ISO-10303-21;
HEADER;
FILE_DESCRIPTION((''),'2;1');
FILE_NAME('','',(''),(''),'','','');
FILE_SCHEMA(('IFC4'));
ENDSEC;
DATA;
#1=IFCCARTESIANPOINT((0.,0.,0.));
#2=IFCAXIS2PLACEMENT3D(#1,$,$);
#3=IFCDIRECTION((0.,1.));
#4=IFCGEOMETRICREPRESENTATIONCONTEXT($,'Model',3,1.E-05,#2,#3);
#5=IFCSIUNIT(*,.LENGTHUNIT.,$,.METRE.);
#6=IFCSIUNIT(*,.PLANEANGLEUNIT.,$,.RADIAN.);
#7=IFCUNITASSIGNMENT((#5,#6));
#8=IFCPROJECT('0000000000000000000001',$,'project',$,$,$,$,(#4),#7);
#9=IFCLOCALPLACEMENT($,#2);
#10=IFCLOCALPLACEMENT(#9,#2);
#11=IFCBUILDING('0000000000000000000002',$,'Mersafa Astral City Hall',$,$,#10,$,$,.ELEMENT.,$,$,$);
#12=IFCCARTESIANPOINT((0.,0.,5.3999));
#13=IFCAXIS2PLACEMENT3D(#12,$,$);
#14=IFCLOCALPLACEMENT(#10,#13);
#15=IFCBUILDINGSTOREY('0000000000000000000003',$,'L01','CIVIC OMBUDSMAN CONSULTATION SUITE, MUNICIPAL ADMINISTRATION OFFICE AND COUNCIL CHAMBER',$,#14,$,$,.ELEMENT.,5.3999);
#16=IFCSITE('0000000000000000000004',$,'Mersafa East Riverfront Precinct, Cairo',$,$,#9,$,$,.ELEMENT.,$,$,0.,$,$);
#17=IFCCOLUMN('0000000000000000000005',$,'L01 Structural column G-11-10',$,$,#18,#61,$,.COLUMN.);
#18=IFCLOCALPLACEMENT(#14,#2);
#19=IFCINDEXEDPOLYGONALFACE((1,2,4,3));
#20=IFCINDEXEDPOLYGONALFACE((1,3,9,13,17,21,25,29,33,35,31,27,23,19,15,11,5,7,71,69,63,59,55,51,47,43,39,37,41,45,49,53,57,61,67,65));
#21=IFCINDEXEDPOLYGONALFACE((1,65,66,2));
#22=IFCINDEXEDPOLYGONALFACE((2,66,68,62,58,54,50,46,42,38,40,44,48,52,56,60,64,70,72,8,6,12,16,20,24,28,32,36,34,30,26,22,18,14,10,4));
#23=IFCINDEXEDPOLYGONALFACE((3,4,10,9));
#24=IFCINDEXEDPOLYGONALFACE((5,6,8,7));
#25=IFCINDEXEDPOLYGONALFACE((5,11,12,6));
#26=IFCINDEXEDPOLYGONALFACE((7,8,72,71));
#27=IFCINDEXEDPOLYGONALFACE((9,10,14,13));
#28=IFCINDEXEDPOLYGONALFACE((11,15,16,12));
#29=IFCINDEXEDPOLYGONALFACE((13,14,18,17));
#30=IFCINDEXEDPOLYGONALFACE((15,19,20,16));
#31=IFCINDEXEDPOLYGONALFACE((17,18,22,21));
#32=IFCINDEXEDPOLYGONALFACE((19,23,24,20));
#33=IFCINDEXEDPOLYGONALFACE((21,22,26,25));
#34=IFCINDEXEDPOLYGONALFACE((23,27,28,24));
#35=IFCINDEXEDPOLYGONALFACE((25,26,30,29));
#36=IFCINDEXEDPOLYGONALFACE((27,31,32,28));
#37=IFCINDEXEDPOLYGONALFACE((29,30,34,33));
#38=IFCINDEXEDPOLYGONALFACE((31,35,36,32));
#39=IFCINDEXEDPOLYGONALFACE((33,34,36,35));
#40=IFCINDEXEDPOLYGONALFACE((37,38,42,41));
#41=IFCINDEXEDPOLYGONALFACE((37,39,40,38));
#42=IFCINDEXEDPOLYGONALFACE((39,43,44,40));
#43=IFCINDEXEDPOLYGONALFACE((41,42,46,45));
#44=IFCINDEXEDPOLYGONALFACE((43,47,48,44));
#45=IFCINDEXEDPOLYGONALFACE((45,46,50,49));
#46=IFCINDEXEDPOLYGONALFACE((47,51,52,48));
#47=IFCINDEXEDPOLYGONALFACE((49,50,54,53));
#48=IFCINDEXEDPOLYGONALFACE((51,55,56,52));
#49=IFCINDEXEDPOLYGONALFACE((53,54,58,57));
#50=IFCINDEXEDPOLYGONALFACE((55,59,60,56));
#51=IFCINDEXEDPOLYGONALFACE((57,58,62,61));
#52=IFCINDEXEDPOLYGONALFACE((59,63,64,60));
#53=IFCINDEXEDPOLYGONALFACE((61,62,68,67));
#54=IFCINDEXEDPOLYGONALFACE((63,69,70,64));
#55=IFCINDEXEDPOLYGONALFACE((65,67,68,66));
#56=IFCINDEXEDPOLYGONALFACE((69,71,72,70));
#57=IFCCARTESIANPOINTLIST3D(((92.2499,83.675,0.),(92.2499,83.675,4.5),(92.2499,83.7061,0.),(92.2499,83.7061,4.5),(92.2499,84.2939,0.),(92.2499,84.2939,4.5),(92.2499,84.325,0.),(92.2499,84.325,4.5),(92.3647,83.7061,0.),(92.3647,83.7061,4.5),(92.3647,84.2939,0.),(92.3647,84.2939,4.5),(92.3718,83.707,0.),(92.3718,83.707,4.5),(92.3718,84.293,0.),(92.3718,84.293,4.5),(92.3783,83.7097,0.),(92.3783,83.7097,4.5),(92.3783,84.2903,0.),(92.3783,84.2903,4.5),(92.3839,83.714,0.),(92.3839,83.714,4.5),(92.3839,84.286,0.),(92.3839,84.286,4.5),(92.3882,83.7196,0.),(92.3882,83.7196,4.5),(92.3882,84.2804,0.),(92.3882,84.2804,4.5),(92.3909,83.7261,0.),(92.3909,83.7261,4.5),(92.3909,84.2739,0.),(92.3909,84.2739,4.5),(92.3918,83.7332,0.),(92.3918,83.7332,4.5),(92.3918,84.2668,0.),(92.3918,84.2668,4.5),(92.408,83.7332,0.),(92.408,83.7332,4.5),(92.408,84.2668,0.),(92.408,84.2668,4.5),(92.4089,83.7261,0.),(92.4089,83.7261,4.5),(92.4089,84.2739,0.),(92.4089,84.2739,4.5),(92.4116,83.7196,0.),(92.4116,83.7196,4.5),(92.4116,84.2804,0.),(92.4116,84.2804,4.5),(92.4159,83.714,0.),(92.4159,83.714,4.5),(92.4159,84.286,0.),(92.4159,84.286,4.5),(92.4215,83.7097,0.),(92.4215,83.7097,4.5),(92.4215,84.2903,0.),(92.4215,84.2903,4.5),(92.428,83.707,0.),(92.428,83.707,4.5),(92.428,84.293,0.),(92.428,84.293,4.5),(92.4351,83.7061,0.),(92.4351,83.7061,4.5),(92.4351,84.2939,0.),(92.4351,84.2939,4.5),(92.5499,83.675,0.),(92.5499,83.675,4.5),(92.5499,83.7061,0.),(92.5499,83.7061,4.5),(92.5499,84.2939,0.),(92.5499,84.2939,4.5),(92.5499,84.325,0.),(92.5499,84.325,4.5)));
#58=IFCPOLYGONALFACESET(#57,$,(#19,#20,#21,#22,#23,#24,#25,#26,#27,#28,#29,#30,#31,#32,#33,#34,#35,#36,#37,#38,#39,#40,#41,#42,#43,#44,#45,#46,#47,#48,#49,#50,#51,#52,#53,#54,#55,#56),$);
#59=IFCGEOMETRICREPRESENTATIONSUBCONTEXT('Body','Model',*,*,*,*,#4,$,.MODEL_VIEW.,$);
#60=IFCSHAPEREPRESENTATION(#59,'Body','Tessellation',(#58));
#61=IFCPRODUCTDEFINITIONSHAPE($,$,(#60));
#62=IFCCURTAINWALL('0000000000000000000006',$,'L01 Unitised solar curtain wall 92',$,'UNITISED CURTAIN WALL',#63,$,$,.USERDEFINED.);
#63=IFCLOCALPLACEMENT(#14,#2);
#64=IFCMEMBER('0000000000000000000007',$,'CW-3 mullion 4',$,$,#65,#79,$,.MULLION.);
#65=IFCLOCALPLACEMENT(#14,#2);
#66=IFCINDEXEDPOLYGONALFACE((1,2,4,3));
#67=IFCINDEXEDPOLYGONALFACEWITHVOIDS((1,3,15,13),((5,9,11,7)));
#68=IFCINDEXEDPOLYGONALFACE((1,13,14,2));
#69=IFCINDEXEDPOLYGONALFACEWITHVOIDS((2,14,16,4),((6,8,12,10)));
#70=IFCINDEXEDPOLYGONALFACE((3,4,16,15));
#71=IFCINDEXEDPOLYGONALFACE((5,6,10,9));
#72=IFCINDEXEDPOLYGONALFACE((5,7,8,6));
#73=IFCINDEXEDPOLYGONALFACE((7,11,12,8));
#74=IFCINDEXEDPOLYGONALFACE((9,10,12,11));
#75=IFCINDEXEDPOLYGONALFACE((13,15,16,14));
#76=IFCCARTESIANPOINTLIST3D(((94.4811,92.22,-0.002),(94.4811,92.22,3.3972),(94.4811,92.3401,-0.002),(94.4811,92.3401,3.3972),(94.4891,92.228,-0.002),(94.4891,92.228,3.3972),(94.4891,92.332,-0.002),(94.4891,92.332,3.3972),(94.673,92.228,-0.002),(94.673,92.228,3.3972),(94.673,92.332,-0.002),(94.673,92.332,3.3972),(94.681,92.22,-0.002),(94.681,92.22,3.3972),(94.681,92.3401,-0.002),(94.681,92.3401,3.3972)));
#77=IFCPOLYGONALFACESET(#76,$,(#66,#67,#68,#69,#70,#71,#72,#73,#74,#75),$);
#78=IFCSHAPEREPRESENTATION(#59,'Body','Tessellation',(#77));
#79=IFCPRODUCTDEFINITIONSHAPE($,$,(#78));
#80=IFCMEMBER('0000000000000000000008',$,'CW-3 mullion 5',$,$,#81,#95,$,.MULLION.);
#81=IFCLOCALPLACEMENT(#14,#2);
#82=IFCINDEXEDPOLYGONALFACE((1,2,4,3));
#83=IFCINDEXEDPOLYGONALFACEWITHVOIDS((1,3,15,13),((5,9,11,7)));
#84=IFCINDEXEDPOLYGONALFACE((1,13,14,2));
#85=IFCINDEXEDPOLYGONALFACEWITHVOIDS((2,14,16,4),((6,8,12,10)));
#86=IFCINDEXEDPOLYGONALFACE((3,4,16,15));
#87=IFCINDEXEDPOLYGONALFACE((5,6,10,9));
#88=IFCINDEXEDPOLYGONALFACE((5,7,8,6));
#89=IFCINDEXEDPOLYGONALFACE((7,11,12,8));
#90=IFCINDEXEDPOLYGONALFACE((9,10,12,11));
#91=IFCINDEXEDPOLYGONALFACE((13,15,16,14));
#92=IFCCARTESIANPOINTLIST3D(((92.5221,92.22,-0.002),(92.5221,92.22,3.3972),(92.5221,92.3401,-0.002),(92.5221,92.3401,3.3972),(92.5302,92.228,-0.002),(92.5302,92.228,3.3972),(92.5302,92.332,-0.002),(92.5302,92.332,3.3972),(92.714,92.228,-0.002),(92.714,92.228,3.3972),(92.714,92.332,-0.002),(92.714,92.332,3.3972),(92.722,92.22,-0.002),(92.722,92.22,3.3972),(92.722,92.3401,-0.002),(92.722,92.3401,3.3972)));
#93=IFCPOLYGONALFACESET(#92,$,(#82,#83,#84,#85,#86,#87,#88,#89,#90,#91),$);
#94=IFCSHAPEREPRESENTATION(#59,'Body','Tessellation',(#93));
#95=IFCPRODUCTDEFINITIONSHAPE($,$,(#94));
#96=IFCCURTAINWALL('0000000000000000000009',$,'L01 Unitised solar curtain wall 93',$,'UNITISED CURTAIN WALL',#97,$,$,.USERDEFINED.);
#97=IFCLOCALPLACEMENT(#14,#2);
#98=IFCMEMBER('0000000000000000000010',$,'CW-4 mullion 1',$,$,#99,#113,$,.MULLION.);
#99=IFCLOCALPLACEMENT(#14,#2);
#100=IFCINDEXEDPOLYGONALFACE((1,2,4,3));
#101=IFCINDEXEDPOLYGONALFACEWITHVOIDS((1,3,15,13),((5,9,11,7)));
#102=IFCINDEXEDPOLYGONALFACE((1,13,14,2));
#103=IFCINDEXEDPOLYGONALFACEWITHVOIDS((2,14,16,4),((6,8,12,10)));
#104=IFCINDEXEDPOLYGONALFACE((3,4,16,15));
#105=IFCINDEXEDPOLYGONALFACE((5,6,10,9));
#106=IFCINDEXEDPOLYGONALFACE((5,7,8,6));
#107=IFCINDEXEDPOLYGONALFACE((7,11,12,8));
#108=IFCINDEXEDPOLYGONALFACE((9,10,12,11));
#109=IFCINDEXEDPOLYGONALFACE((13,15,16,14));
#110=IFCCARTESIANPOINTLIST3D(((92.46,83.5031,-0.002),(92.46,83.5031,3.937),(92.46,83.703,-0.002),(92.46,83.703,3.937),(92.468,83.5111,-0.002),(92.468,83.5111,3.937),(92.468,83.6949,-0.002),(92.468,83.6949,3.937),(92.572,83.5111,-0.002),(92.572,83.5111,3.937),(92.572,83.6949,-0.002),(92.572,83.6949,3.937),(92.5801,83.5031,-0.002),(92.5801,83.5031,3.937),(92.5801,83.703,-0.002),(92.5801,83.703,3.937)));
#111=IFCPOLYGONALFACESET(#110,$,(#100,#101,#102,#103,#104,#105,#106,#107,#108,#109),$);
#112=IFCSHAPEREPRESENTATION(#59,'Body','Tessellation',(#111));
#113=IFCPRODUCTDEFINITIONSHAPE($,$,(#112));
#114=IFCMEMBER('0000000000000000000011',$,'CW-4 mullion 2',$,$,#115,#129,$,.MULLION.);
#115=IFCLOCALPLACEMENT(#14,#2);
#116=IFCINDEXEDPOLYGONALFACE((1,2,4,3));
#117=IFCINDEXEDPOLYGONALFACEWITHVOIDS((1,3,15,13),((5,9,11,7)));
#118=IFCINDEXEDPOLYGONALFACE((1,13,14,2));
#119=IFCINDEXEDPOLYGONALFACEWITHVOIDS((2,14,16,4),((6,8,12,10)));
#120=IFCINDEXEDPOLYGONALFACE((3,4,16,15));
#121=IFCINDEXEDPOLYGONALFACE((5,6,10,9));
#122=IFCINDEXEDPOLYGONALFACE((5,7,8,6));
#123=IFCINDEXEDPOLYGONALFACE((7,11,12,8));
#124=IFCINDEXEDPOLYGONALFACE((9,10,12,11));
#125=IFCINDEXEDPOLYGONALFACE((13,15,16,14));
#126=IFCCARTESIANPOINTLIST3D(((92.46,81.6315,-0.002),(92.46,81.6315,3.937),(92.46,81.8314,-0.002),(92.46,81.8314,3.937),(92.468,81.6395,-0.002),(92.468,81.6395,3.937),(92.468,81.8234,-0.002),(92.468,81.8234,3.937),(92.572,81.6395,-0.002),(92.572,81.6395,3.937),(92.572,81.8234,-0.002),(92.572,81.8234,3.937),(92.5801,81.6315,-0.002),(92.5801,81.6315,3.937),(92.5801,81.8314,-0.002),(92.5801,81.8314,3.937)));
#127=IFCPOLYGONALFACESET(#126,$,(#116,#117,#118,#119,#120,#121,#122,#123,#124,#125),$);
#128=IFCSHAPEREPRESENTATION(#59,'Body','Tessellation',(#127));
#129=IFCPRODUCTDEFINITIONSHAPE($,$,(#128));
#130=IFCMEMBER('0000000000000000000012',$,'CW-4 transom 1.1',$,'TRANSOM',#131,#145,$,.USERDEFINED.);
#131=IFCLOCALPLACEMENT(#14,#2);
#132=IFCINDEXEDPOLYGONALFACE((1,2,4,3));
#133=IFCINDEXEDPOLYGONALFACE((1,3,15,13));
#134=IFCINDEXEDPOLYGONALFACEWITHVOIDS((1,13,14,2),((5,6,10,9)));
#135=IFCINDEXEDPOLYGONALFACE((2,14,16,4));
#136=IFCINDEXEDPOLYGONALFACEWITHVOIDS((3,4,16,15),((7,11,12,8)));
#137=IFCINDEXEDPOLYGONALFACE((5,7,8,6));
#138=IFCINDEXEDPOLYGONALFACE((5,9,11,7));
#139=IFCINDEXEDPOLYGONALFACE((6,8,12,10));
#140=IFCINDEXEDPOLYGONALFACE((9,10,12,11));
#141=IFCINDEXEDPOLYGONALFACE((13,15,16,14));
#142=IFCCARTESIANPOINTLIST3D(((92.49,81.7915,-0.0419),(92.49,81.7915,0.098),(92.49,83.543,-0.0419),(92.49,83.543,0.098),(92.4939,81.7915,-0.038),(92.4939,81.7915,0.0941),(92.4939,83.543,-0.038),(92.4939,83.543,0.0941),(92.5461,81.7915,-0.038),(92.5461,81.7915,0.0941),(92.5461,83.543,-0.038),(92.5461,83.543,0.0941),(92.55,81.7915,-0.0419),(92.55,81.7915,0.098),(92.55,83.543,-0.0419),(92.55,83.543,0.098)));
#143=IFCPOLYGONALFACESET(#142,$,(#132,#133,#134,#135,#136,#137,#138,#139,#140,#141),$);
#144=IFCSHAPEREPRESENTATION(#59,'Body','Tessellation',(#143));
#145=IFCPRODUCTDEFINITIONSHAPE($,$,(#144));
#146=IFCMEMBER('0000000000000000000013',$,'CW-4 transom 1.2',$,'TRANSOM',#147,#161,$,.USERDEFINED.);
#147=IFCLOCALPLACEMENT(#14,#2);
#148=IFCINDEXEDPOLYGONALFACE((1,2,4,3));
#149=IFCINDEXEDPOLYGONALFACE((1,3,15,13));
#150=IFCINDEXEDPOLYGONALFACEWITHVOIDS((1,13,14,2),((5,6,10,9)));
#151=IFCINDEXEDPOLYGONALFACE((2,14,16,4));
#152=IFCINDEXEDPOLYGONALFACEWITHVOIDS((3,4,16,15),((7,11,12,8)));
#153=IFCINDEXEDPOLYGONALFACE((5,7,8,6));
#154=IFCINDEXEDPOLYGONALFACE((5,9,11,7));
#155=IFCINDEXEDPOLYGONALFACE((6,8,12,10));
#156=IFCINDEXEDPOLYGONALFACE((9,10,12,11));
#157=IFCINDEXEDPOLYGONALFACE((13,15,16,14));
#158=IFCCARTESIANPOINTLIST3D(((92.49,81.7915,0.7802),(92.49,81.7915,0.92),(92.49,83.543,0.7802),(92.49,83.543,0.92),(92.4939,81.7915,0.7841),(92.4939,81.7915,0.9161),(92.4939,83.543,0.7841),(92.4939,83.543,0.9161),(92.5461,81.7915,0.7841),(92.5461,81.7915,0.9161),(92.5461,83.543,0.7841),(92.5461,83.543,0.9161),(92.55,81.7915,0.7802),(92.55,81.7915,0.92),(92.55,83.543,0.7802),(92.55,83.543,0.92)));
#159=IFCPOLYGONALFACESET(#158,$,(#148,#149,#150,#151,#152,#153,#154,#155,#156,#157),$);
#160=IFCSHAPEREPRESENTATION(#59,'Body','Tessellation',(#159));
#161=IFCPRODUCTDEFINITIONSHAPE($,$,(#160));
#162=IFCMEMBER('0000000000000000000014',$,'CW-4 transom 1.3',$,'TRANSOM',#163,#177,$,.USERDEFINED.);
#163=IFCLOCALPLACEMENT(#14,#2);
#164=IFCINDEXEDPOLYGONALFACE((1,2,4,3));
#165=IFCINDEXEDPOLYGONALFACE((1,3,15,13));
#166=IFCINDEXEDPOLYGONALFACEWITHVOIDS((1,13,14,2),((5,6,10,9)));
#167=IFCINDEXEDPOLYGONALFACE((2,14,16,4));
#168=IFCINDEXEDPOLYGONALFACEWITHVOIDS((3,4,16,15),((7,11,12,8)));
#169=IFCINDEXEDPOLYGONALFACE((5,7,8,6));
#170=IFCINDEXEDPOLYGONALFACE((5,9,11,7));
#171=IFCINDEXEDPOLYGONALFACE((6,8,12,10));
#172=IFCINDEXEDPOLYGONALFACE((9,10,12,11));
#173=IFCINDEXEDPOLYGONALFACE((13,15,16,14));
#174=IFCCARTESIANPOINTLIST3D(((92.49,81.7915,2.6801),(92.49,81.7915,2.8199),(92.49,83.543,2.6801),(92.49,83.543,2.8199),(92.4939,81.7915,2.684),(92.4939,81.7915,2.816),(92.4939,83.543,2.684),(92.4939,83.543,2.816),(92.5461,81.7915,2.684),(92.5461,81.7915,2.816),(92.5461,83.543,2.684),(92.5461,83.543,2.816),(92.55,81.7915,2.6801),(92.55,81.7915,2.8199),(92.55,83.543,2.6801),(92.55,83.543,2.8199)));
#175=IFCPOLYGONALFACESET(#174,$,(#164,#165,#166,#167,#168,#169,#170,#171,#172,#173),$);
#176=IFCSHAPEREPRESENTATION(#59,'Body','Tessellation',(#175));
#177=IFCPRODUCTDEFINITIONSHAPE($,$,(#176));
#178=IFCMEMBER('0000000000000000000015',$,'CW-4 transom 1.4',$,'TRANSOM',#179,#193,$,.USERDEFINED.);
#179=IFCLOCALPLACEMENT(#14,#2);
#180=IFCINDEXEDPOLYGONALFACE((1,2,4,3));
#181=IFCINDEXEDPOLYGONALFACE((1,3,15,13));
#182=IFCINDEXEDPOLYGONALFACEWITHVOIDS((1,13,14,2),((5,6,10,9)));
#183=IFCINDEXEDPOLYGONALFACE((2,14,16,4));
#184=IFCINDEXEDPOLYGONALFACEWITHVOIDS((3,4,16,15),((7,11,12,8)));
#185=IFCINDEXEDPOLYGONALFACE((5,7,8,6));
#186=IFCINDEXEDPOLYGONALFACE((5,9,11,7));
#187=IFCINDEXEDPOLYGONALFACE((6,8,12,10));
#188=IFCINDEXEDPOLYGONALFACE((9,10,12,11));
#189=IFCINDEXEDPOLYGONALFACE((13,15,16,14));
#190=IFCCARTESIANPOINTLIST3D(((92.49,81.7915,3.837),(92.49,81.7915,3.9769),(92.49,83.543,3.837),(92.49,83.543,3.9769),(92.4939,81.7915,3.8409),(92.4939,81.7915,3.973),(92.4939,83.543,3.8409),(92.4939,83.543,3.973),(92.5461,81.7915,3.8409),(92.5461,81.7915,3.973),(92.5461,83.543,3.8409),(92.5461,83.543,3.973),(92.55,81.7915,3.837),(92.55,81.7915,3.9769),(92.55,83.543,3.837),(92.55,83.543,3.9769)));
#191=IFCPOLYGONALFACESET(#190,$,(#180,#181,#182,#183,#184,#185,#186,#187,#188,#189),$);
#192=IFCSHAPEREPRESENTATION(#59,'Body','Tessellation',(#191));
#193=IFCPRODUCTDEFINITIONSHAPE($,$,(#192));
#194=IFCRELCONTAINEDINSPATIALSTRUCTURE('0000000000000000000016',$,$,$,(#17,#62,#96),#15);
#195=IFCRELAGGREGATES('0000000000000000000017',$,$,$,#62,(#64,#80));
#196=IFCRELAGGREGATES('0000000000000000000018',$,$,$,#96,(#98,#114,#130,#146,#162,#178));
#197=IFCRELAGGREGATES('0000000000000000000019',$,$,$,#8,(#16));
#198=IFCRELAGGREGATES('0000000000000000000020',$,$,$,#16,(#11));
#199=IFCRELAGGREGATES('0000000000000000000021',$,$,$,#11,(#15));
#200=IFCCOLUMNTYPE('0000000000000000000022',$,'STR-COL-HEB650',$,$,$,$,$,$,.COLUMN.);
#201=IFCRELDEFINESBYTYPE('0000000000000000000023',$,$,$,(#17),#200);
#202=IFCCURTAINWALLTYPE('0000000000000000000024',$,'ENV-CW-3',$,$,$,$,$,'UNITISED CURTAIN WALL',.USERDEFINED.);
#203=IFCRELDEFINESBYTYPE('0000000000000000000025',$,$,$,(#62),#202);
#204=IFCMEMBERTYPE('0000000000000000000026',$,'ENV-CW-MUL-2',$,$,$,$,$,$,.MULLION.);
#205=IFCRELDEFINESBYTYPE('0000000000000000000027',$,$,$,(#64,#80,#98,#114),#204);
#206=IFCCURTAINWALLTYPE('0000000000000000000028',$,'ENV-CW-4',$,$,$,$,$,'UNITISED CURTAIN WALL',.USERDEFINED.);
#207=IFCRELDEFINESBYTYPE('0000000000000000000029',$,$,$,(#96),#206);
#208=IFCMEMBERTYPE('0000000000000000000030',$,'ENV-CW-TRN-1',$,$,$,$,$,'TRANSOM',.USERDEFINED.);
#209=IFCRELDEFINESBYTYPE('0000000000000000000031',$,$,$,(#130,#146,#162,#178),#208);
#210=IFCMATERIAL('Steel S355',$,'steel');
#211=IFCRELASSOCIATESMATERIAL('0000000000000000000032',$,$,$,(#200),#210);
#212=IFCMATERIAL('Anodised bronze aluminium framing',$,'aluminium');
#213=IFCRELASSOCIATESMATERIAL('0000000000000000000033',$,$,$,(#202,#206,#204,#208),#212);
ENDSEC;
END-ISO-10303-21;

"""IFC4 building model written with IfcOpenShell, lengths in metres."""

from ifc_helpers import new_model, si_unit, direction, frame, origin, origin_2d, place, context, subcontext, project, spatial, hollow_rectangle, i_section, extrude, material, material_profile, profile_set, type_object, element, aggregate, save


model = new_model("IFC4")

# Units and contexts
model_context = context("Model", 3, precision=1e-05, world=origin(), true_north=direction((0.0, 1.0)))
body_context = subcontext(model_context, "Body", "Model", "MODEL_VIEW")
ifc_project = project(units=[si_unit("LENGTHUNIT", "METRE"), si_unit("PLANEANGLEUNIT", "RADIAN")], contexts=[model_context])

# Site, building, storey
site_placement = place(None, origin())
site = spatial("IfcSite", under=ifc_project, at=site_placement, Name="Mersafa East Riverfront Precinct, Cairo", CompositionType="ELEMENT", RefElevation=0.0)
building_placement = place(site_placement, origin())
building = spatial("IfcBuilding", under=site, at=building_placement, Name="Mersafa Astral City Hall", CompositionType="ELEMENT")
storey_placement = place(building_placement, frame((0.0, 0.0, 5.3999)))
storey = spatial("IfcBuildingStorey", under=building, at=storey_placement, Name="L01", Description="CIVIC OMBUDSMAN CONSULTATION SUITE, MUNICIPAL ADMINISTRATION OFFICE AND COUNCIL CHAMBER", CompositionType="ELEMENT", Elevation=5.3999)

# Column
ifc_material_1 = material(Name="Steel S355", Category="steel")
ifc_material_profile_1 = material_profile(ifc_material_1, i_section(OverallWidth=0.3, OverallDepth=0.6499, WebThickness=0.0161, FlangeThickness=0.031, FilletRadius=0.0271, at=origin_2d()), Name="HEB 650")
ifc_profile_set_1 = profile_set([ifc_material_profile_1], Name="Steel S355")
column_type = type_object("IfcColumnType", Name="STR-COL-HEB650", PredefinedType="COLUMN", material=ifc_profile_set_1)
column_placement = place(storey_placement, frame((92.3999, 84.0, 0.0), z_axis=(0.0, 0.0, 1.0), x_axis=(1.0, 0.0, 0.0)))
element("IfcColumn", 1, at=column_placement, inside=storey, type_object=column_type, Name="L01 Structural column G-11-10", PredefinedType="COLUMN", context=body_context, shape_type="SweptSolid", body=[
    extrude(i_section(OverallWidth=0.3, OverallDepth=0.6499, WebThickness=0.0161, FlangeThickness=0.031, FilletRadius=0.0271, at=origin_2d()), origin(), (0.0, 0.0, 1.0), 4.5),
])

# Curtain walls, members
ifc_material_2 = material(Name="Anodised bronze aluminium framing", Category="aluminium")
curtain_wall_type_1 = type_object("IfcCurtainWallType", Name="ENV-CW-3", ElementType="UNITISED CURTAIN WALL", PredefinedType="USERDEFINED", material=ifc_material_2)
curtain_wall_1_placement = place(storey_placement, origin())
curtain_wall_1 = element("IfcCurtainWall", 2, at=curtain_wall_1_placement, inside=storey, type_object=curtain_wall_type_1, Name="L01 Unitised solar curtain wall 92", ObjectType="UNITISED CURTAIN WALL", PredefinedType="USERDEFINED")
ifc_material_profile_2 = material_profile(ifc_material_2, hollow_rectangle(XDim=0.1201, YDim=0.2, WallThickness=0.0081, at=origin_2d()), Name="RHS 120x200x8")
ifc_profile_set_2 = profile_set([ifc_material_profile_2], Name="Anodised bronze aluminium framing")
member_type_1 = type_object("IfcMemberType", Name="ENV-CW-MUL-2", PredefinedType="MULLION", material=ifc_profile_set_2)
member_1_placement = place(storey_placement, frame((94.5811, 92.28, -0.002), z_axis=(0.0, 0.0, 1.0), x_axis=(0.0, -1.0, 0.0)))
member_1 = element("IfcMember", 3, at=member_1_placement, type_object=member_type_1, Name="CW-3 mullion 4", PredefinedType="MULLION", context=body_context, shape_type="SweptSolid", body=[
    extrude(hollow_rectangle(XDim=0.1201, YDim=0.2, WallThickness=0.0081, at=origin_2d()), origin(), (0.0, 0.0, 1.0), 3.3992),
])
member_2_placement = place(storey_placement, frame((92.6221, 92.28, -0.002), z_axis=(0.0, 0.0, 1.0), x_axis=(0.0, -1.0, 0.0)))
member_2 = element("IfcMember", 4, at=member_2_placement, type_object=member_type_1, Name="CW-3 mullion 5", PredefinedType="MULLION", context=body_context, shape_type="SweptSolid", body=[
    extrude(hollow_rectangle(XDim=0.1201, YDim=0.2, WallThickness=0.0081, at=origin_2d()), origin(), (0.0, 0.0, 1.0), 3.3992),
])
curtain_wall_type_2 = type_object("IfcCurtainWallType", Name="ENV-CW-4", ElementType="UNITISED CURTAIN WALL", PredefinedType="USERDEFINED", material=ifc_material_2)
curtain_wall_2_placement = place(storey_placement, origin())
curtain_wall_2 = element("IfcCurtainWall", 5, at=curtain_wall_2_placement, inside=storey, type_object=curtain_wall_type_2, Name="L01 Unitised solar curtain wall 93", ObjectType="UNITISED CURTAIN WALL", PredefinedType="USERDEFINED")
member_3_placement = place(storey_placement, frame((92.52, 83.603, -0.002), z_axis=(0.0, 0.0, 1.0), x_axis=(1.0, 0.0, 0.0)))
member_3 = element("IfcMember", 6, at=member_3_placement, type_object=member_type_1, Name="CW-4 mullion 1", PredefinedType="MULLION", context=body_context, shape_type="SweptSolid", body=[
    extrude(hollow_rectangle(XDim=0.1201, YDim=0.2, WallThickness=0.0081, at=origin_2d()), origin(), (0.0, 0.0, 1.0), 3.939),
])
member_4_placement = place(storey_placement, frame((92.52, 81.7314, -0.002), z_axis=(0.0, 0.0, 1.0), x_axis=(1.0, 0.0, 0.0)))
member_4 = element("IfcMember", 7, at=member_4_placement, type_object=member_type_1, Name="CW-4 mullion 2", PredefinedType="MULLION", context=body_context, shape_type="SweptSolid", body=[
    extrude(hollow_rectangle(XDim=0.1201, YDim=0.2, WallThickness=0.0081, at=origin_2d()), origin(), (0.0, 0.0, 1.0), 3.939),
])
ifc_material_profile_3 = material_profile(ifc_material_2, hollow_rectangle(XDim=0.0601, YDim=0.1399, WallThickness=0.0039, at=origin_2d()), Name="RHS 60x140x4")
ifc_profile_set_3 = profile_set([ifc_material_profile_3], Name="Anodised bronze aluminium framing")
member_type_2 = type_object("IfcMemberType", Name="ENV-CW-TRN-1", ElementType="TRANSOM", PredefinedType="USERDEFINED", material=ifc_profile_set_3)
member_5_placement = place(storey_placement, frame((92.52, 83.543, 0.0281), z_axis=(0.0, -1.0, 0.0), x_axis=(1.0, 0.0, 0.0)))
member_5 = element("IfcMember", 8, at=member_5_placement, type_object=member_type_2, Name="CW-4 transom 1.1", ObjectType="TRANSOM", PredefinedType="USERDEFINED", context=body_context, shape_type="SweptSolid", body=[
    extrude(hollow_rectangle(XDim=0.0601, YDim=0.1399, WallThickness=0.0039, at=origin_2d()), origin(), (0.0, 0.0, 1.0), 1.7515),
])
member_6_placement = place(storey_placement, frame((92.52, 83.543, 0.8501), z_axis=(0.0, -1.0, 0.0), x_axis=(1.0, 0.0, 0.0)))
member_6 = element("IfcMember", 9, at=member_6_placement, type_object=member_type_2, Name="CW-4 transom 1.2", ObjectType="TRANSOM", PredefinedType="USERDEFINED", context=body_context, shape_type="SweptSolid", body=[
    extrude(hollow_rectangle(XDim=0.0601, YDim=0.1399, WallThickness=0.0039, at=origin_2d()), origin(), (0.0, 0.0, 1.0), 1.7515),
])
member_7_placement = place(storey_placement, frame((92.52, 83.543, 2.75), z_axis=(0.0, -1.0, 0.0), x_axis=(1.0, 0.0, 0.0)))
member_7 = element("IfcMember", 10, at=member_7_placement, type_object=member_type_2, Name="CW-4 transom 1.3", ObjectType="TRANSOM", PredefinedType="USERDEFINED", context=body_context, shape_type="SweptSolid", body=[
    extrude(hollow_rectangle(XDim=0.0601, YDim=0.1399, WallThickness=0.0039, at=origin_2d()), origin(), (0.0, 0.0, 1.0), 1.7515),
])
member_8_placement = place(storey_placement, frame((92.52, 83.543, 3.907), z_axis=(0.0, -1.0, 0.0), x_axis=(1.0, 0.0, 0.0)))
member_8 = element("IfcMember", 11, at=member_8_placement, type_object=member_type_2, Name="CW-4 transom 1.4", ObjectType="TRANSOM", PredefinedType="USERDEFINED", context=body_context, shape_type="SweptSolid", body=[
    extrude(hollow_rectangle(XDim=0.0601, YDim=0.1399, WallThickness=0.0039, at=origin_2d()), origin(), (0.0, 0.0, 1.0), 1.7515),
])

aggregate(curtain_wall_1, [member_1, member_2])
aggregate(curtain_wall_2, [member_3, member_4, member_5, member_6, member_7, member_8])

save(model, "model.ifc")
